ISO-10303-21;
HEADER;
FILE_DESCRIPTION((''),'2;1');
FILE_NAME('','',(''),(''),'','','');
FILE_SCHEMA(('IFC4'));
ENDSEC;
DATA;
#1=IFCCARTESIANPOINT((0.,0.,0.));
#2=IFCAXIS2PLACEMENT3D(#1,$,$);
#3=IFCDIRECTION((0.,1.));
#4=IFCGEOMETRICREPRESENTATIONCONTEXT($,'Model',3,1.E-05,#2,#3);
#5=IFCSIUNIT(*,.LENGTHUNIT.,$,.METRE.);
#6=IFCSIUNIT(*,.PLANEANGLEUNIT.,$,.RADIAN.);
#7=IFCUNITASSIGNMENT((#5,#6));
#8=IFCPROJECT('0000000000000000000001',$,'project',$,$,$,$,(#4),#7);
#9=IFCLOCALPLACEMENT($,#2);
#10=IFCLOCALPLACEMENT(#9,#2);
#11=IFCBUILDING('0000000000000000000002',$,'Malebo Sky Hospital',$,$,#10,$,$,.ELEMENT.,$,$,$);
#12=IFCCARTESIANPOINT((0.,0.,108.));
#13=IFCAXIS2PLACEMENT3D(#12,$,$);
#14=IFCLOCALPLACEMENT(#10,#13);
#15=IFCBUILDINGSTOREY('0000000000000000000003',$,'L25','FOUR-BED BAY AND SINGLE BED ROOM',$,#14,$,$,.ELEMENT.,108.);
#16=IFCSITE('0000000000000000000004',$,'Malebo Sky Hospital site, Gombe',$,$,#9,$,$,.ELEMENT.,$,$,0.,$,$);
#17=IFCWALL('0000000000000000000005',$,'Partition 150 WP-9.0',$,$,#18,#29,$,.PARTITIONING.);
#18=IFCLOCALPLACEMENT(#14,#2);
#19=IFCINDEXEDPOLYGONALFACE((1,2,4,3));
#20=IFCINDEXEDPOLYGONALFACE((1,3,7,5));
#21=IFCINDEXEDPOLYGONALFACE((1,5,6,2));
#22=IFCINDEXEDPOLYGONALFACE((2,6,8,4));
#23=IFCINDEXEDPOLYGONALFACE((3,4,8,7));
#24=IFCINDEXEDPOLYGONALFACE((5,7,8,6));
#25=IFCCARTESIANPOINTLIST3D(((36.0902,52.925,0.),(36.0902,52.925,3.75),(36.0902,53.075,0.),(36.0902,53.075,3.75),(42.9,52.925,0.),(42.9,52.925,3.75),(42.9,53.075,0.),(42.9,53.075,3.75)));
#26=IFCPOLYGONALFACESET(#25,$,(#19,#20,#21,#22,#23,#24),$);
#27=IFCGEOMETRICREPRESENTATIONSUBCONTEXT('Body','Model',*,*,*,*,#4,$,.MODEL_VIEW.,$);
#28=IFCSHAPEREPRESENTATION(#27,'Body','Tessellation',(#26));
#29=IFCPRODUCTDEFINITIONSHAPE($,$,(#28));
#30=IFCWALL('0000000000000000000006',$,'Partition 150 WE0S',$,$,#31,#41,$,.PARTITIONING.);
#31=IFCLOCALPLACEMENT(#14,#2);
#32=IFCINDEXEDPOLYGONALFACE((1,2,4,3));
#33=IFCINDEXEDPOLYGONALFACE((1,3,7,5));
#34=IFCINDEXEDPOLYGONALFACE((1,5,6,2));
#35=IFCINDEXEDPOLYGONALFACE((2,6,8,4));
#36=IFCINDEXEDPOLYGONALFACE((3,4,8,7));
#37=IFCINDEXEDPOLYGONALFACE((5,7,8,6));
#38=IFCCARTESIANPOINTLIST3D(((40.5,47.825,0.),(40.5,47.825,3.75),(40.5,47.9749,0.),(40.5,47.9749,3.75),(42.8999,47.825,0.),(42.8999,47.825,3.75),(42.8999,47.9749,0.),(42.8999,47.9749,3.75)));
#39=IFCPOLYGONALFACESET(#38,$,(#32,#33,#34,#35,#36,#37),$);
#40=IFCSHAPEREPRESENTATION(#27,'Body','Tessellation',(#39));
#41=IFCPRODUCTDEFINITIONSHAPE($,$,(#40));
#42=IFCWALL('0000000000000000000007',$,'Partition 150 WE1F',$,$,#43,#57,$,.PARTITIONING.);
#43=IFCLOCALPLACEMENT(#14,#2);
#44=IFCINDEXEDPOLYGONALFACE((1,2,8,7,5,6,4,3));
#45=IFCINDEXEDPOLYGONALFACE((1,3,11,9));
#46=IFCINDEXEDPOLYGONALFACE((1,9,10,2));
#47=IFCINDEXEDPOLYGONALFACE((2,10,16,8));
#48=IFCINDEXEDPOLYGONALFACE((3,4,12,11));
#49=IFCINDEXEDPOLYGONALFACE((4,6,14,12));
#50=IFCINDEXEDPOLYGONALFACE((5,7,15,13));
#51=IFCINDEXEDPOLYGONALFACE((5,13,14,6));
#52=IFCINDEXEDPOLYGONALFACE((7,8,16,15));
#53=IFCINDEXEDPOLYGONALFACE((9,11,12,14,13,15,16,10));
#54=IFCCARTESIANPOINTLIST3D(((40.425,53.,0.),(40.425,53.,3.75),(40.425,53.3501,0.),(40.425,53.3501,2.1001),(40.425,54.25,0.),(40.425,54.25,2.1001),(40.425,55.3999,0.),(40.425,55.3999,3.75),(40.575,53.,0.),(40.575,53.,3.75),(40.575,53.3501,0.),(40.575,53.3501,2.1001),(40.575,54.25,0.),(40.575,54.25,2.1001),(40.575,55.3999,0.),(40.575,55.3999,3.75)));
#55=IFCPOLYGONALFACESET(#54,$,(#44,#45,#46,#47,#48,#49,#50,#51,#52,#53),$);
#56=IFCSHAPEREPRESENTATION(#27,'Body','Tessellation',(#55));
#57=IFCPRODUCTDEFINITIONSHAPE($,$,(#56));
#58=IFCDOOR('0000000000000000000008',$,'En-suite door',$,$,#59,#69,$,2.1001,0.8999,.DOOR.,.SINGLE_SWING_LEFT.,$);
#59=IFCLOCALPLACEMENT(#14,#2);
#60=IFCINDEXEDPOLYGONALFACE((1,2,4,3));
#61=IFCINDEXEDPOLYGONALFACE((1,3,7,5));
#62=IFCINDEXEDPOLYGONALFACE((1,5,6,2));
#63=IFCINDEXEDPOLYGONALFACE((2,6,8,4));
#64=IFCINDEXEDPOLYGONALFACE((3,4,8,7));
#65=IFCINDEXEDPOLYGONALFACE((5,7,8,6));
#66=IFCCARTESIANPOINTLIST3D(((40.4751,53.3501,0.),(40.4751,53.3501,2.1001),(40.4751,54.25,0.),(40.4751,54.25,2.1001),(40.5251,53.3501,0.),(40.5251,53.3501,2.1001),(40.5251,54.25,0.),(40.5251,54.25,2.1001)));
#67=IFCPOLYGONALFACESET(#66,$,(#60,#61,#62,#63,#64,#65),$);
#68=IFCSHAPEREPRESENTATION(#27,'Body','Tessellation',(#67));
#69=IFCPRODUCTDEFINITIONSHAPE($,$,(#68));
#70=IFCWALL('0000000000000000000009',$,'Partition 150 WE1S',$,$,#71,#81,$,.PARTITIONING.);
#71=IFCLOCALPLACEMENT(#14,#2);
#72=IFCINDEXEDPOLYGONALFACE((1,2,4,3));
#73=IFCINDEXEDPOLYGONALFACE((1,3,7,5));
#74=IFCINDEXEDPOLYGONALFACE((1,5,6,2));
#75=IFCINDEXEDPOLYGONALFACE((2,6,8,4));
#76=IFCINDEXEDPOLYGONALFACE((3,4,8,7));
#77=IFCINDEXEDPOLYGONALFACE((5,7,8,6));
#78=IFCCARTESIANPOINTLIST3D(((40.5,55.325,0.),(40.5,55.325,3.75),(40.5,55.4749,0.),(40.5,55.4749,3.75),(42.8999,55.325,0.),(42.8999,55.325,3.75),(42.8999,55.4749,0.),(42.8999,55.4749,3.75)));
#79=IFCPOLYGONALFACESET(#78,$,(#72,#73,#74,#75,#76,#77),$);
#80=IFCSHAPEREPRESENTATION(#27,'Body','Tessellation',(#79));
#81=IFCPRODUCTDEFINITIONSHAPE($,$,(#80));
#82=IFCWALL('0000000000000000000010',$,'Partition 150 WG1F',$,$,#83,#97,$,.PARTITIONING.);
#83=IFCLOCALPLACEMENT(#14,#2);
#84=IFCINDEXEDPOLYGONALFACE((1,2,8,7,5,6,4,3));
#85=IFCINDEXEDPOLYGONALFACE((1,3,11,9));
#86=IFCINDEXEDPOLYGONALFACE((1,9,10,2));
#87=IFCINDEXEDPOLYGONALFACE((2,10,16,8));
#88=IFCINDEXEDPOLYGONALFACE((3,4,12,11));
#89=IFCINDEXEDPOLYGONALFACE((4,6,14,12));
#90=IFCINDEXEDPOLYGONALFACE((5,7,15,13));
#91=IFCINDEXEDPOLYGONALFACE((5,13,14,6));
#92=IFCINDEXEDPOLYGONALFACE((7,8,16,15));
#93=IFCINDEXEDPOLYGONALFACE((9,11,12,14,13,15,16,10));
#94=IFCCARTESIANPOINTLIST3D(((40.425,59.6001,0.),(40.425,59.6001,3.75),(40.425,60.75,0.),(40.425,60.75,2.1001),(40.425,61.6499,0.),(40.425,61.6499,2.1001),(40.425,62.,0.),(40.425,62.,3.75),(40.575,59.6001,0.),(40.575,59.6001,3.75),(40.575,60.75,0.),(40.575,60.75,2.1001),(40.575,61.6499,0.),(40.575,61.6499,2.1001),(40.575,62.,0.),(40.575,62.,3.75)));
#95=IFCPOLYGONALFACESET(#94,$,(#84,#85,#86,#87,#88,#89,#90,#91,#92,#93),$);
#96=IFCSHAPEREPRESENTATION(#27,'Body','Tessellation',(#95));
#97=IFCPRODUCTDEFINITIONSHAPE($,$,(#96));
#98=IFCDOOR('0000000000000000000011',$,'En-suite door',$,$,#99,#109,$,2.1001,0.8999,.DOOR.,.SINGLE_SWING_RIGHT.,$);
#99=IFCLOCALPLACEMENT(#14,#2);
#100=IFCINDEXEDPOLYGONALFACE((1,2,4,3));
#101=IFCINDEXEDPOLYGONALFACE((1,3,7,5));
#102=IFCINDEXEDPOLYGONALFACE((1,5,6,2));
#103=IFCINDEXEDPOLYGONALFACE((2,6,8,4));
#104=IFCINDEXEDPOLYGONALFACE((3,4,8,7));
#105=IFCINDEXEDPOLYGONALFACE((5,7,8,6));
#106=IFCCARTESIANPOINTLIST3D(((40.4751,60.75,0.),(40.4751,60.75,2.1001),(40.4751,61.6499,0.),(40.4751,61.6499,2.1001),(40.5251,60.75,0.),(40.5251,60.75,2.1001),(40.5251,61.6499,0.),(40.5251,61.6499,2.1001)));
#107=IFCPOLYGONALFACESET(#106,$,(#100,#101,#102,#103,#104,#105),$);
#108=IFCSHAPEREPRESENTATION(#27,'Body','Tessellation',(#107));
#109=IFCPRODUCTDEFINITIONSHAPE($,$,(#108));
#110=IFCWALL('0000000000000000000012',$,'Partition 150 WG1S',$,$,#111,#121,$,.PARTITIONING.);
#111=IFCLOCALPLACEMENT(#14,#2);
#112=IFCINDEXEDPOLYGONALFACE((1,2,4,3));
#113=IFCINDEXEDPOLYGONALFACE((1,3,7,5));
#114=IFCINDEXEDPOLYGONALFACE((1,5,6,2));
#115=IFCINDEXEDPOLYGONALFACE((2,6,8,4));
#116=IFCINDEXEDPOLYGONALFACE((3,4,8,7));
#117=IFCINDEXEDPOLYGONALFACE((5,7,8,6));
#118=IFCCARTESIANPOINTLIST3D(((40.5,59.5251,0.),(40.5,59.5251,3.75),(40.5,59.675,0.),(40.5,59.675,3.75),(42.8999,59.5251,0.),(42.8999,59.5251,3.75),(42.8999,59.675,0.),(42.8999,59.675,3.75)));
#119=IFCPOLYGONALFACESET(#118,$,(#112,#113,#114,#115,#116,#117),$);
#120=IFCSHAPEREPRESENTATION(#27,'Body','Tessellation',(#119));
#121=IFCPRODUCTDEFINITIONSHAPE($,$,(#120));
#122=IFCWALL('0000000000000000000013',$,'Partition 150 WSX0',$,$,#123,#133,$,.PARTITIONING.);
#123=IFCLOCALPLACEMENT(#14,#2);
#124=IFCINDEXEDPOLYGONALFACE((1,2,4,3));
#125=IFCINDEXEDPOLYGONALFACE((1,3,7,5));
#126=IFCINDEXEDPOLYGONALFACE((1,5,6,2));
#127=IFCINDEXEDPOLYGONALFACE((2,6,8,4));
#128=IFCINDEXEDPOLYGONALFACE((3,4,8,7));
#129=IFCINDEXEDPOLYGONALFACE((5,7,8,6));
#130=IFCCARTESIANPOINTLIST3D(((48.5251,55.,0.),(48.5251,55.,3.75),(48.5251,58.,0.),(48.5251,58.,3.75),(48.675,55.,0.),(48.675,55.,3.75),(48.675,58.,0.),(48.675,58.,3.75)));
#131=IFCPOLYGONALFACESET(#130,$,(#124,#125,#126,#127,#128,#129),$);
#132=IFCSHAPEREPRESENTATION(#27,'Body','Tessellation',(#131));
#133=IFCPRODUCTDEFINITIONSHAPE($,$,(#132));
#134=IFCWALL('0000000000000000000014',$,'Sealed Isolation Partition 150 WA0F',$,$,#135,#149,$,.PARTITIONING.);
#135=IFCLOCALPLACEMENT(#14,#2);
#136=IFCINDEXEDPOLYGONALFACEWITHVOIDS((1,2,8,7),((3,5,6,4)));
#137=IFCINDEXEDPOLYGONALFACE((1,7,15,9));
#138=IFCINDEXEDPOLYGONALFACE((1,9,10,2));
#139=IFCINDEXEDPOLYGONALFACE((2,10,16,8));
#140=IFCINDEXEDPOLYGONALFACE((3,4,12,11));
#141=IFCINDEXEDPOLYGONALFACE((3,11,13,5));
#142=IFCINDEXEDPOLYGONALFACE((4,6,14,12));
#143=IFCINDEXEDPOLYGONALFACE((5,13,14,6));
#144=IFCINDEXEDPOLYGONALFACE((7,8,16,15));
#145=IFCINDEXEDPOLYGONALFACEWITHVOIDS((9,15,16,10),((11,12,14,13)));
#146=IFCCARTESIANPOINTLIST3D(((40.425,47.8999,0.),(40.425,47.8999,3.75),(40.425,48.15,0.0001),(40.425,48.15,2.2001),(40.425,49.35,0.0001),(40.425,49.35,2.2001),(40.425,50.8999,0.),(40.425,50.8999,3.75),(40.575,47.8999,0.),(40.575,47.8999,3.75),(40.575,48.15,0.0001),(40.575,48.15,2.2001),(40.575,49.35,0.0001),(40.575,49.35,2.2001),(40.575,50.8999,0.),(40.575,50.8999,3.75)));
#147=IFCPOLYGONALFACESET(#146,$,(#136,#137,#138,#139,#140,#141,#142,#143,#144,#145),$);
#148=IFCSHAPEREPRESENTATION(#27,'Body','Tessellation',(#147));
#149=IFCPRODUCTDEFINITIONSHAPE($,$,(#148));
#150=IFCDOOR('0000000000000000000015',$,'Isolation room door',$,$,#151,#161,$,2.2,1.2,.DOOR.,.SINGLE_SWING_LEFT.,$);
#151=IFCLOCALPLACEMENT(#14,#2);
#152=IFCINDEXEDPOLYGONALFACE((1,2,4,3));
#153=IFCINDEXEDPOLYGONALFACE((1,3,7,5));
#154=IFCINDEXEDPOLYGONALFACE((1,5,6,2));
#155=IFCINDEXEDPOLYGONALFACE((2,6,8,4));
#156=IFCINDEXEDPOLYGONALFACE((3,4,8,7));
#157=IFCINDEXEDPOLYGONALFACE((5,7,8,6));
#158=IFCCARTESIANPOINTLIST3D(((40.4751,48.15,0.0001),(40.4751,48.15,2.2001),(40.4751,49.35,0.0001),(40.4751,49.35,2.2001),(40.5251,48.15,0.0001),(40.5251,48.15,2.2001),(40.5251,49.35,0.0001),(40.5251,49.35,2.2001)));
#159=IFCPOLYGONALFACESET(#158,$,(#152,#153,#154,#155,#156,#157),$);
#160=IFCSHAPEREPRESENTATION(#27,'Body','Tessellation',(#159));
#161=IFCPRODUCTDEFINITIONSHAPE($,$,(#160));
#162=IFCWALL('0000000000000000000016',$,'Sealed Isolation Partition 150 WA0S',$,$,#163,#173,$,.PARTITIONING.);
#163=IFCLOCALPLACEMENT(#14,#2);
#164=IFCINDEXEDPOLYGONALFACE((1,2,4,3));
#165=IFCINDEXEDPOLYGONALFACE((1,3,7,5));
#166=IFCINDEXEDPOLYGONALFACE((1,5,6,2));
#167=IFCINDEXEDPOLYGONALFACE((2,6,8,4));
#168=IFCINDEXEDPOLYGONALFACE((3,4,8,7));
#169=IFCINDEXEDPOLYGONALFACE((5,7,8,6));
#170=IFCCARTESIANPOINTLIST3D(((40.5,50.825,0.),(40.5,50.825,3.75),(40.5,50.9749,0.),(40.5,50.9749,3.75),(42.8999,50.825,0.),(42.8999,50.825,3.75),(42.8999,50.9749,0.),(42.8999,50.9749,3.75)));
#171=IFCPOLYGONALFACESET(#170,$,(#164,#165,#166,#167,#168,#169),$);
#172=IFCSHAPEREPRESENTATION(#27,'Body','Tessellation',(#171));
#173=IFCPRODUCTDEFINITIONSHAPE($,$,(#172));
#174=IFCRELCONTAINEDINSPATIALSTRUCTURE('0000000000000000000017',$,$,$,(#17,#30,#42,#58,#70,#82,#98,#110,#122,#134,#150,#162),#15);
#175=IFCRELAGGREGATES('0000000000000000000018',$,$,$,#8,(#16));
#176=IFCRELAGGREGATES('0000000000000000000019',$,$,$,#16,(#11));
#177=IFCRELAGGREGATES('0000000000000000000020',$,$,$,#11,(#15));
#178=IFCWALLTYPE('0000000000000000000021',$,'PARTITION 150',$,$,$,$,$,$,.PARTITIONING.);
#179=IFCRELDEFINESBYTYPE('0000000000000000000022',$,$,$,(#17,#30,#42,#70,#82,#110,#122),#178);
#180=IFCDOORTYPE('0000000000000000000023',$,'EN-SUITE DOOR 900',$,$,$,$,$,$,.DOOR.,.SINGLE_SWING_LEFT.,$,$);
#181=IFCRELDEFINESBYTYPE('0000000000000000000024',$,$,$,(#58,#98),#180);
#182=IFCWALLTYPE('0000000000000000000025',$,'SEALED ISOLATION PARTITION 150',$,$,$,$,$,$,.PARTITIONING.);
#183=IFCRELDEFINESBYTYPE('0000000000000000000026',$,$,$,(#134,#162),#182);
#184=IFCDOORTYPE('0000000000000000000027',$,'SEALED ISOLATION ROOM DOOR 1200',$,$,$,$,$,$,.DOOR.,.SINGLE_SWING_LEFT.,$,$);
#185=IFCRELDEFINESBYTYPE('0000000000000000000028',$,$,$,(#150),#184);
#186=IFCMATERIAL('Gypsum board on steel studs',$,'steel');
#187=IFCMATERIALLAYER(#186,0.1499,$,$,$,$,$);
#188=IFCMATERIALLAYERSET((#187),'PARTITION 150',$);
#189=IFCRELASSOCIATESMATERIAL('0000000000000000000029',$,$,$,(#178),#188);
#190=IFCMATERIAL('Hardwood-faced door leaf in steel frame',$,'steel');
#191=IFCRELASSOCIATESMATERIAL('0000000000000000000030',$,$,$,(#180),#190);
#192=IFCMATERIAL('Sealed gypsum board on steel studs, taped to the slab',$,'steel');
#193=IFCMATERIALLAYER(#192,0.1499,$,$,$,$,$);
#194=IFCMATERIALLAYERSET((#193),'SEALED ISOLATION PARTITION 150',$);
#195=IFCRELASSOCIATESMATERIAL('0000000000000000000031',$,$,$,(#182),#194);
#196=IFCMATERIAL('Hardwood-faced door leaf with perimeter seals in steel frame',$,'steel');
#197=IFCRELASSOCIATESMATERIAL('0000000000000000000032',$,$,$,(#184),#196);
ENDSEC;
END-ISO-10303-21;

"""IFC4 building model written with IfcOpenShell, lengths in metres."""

from ifc_helpers import new_model, si_unit, direction, frame, frame_2d, origin, place, context, subcontext, project, spatial, rectangle, extrude, material, layer, layer_set, type_object, element, fill, save


model = new_model("IFC4")

# Units and contexts
model_context = context("Model", 3, precision=1e-05, world=origin(), true_north=direction((0.0, 1.0)))
body_context = subcontext(model_context, "Body", "Model", "MODEL_VIEW")
ifc_project = project(units=[si_unit("LENGTHUNIT", "METRE"), si_unit("PLANEANGLEUNIT", "RADIAN")], contexts=[model_context])

# Site, building, storey
site_placement = place(None, origin())
site = spatial("IfcSite", under=ifc_project, at=site_placement, Name="Malebo Sky Hospital site, Gombe", CompositionType="ELEMENT", RefElevation=0.0)
building_placement = place(site_placement, origin())
building = spatial("IfcBuilding", under=site, at=building_placement, Name="Malebo Sky Hospital", CompositionType="ELEMENT")
storey_placement = place(building_placement, frame((0.0, 0.0, 108.0)))
storey = spatial("IfcBuildingStorey", under=building, at=storey_placement, Name="L25", Description="FOUR-BED BAY AND SINGLE BED ROOM", CompositionType="ELEMENT", Elevation=108.0)

# Shared definitions
ifc_material_1 = material(Name="Gypsum board on steel studs", Category="steel")
ifc_material_2 = material(Name="Hardwood-faced door leaf in steel frame", Category="steel")

# Walls
ifc_layer_1 = layer(ifc_material_1, 0.1499)
ifc_layer_set_1 = layer_set([ifc_layer_1], Name="PARTITION 150")
wall_type_1 = type_object("IfcWallType", Name="PARTITION 150", PredefinedType="PARTITIONING", material=ifc_layer_set_1)
wall_1_placement = place(storey_placement, frame((42.8999, 53.0, 0.0), z_axis=(0.0, 0.0, 1.0), x_axis=(-1.0, 0.0, 0.0)))
element("IfcWall", 1, at=wall_1_placement, inside=storey, type_object=wall_type_1, Name="Partition 150 WP-9.0", PredefinedType="PARTITIONING", context=body_context, shape_type="SweptSolid", body=[
    extrude(rectangle(XDim=6.8098, YDim=0.1499, at=frame_2d((3.4048, 0.0))), origin(), (0.0, 0.0, 1.0), 3.75),
])
wall_2_placement = place(storey_placement, frame((42.8999, 47.8999, 0.0), z_axis=(0.0, 0.0, 1.0), x_axis=(-1.0, 0.0, 0.0)))
element("IfcWall", 2, at=wall_2_placement, inside=storey, type_object=wall_type_1, Name="Partition 150 WE0S", PredefinedType="PARTITIONING", context=body_context, shape_type="SweptSolid", body=[
    extrude(rectangle(XDim=2.3999, YDim=0.1499, at=frame_2d((1.2, 0.0))), origin(), (0.0, 0.0, 1.0), 3.75),
])

# Wall, opening, door
wall_3_placement = place(storey_placement, frame((40.5, 53.0, 0.0), z_axis=(0.0, 0.0, 1.0), x_axis=(0.0, 1.0, 0.0)))
wall_3 = element("IfcWall", 3, at=wall_3_placement, inside=storey, type_object=wall_type_1, Name="Partition 150 WE1F", PredefinedType="PARTITIONING", context=body_context, shape_type="SweptSolid", body=[
    extrude(rectangle(XDim=2.3999, YDim=0.1499, at=frame_2d((1.2, 0.0))), origin(), (0.0, 0.0, 1.0), 3.75),
])
opening_1_placement = place(wall_3_placement, frame((0.3501, 0.0, 0.0)))
opening_1 = element("IfcOpeningElement", 4, at=opening_1_placement, cuts=wall_3, PredefinedType="OPENING", context=body_context, shape_type="SweptSolid", body=[
    extrude(rectangle(XDim=0.8999, YDim=2.1001, at=frame_2d((0.45, 1.05))), frame((0.0, 0.085, 0.0), z_axis=(0.0, -1.0, 0.0), x_axis=(1.0, 0.0, 0.0)), (0.0, 0.0, 1.0), 0.1699),
])
door_type_1 = type_object("IfcDoorType", Name="EN-SUITE DOOR 900", OperationType="SINGLE_SWING_LEFT", PredefinedType="DOOR", material=ifc_material_2)
door_1_placement = place(opening_1_placement, origin())
door_1 = element("IfcDoor", 5, at=door_1_placement, inside=storey, type_object=door_type_1, Name="En-suite door", OperationType="SINGLE_SWING_LEFT", OverallHeight=2.1001, OverallWidth=0.8999, PredefinedType="DOOR", context=body_context, shape_type="SweptSolid", body=[
    extrude(rectangle(XDim=0.8999, YDim=2.1001, at=frame_2d((0.45, 1.05))), frame((0.0, 0.0249, 0.0), z_axis=(0.0, -1.0, 0.0), x_axis=(1.0, 0.0, 0.0)), (0.0, 0.0, 1.0), 0.05),
])
fill(opening_1, door_1)

# Wall
wall_4_placement = place(storey_placement, frame((42.8999, 55.3999, 0.0), z_axis=(0.0, 0.0, 1.0), x_axis=(-1.0, 0.0, 0.0)))
element("IfcWall", 6, at=wall_4_placement, inside=storey, type_object=wall_type_1, Name="Partition 150 WE1S", PredefinedType="PARTITIONING", context=body_context, shape_type="SweptSolid", body=[
    extrude(rectangle(XDim=2.3999, YDim=0.1499, at=frame_2d((1.2, 0.0))), origin(), (0.0, 0.0, 1.0), 3.75),
])

# Wall, opening, door
wall_5_placement = place(storey_placement, frame((40.5, 59.6001, 0.0), z_axis=(0.0, 0.0, 1.0), x_axis=(0.0, 1.0, 0.0)))
wall_5 = element("IfcWall", 7, at=wall_5_placement, inside=storey, type_object=wall_type_1, Name="Partition 150 WG1F", PredefinedType="PARTITIONING", context=body_context, shape_type="SweptSolid", body=[
    extrude(rectangle(XDim=2.3999, YDim=0.1499, at=frame_2d((1.2, 0.0))), origin(), (0.0, 0.0, 1.0), 3.75),
])
opening_2_placement = place(wall_5_placement, frame((1.1499, 0.0, 0.0)))
opening_2 = element("IfcOpeningElement", 8, at=opening_2_placement, cuts=wall_5, PredefinedType="OPENING", context=body_context, shape_type="SweptSolid", body=[
    extrude(rectangle(XDim=0.8999, YDim=2.1001, at=frame_2d((0.45, 1.05))), frame((0.0, 0.085, 0.0), z_axis=(0.0, -1.0, 0.0), x_axis=(1.0, 0.0, 0.0)), (0.0, 0.0, 1.0), 0.1699),
])
door_2_placement = place(opening_2_placement, origin())
door_2 = element("IfcDoor", 9, at=door_2_placement, inside=storey, type_object=door_type_1, Name="En-suite door", OperationType="SINGLE_SWING_RIGHT", OverallHeight=2.1001, OverallWidth=0.8999, PredefinedType="DOOR", context=body_context, shape_type="SweptSolid", body=[
    extrude(rectangle(XDim=0.8999, YDim=2.1001, at=frame_2d((0.45, 1.05))), frame((0.0, 0.0249, 0.0), z_axis=(0.0, -1.0, 0.0), x_axis=(1.0, 0.0, 0.0)), (0.0, 0.0, 1.0), 0.05),
])
fill(opening_2, door_2)

# Walls
wall_6_placement = place(storey_placement, frame((42.8999, 59.6001, 0.0), z_axis=(0.0, 0.0, 1.0), x_axis=(-1.0, 0.0, 0.0)))
element("IfcWall", 10, at=wall_6_placement, inside=storey, type_object=wall_type_1, Name="Partition 150 WG1S", PredefinedType="PARTITIONING", context=body_context, shape_type="SweptSolid", body=[
    extrude(rectangle(XDim=2.3999, YDim=0.1499, at=frame_2d((1.2, 0.0))), origin(), (0.0, 0.0, 1.0), 3.75),
])
wall_7_placement = place(storey_placement, frame((48.6001, 55.0, 0.0), z_axis=(0.0, 0.0, 1.0), x_axis=(0.0, 1.0, 0.0)))
element("IfcWall", 11, at=wall_7_placement, inside=storey, type_object=wall_type_1, Name="Partition 150 WSX0", PredefinedType="PARTITIONING", context=body_context, shape_type="SweptSolid", body=[
    extrude(rectangle(XDim=3.0, YDim=0.1499, at=frame_2d((1.5, 0.0))), origin(), (0.0, 0.0, 1.0), 3.75),
])

# Wall, opening, door
ifc_material_3 = material(Name="Sealed gypsum board on steel studs, taped to the slab", Category="steel")
ifc_layer_2 = layer(ifc_material_3, 0.1499)
ifc_layer_set_2 = layer_set([ifc_layer_2], Name="SEALED ISOLATION PARTITION 150")
wall_type_2 = type_object("IfcWallType", Name="SEALED ISOLATION PARTITION 150", PredefinedType="PARTITIONING", material=ifc_layer_set_2)
wall_8_placement = place(storey_placement, frame((40.5, 47.8999, 0.0), z_axis=(0.0, 0.0, 1.0), x_axis=(0.0, 1.0, 0.0)))
wall_8 = element("IfcWall", 12, at=wall_8_placement, inside=storey, type_object=wall_type_2, Name="Sealed Isolation Partition 150 WA0F", PredefinedType="PARTITIONING", context=body_context, shape_type="SweptSolid", body=[
    extrude(rectangle(XDim=3.0, YDim=0.1499, at=frame_2d((1.5, 0.0))), origin(), (0.0, 0.0, 1.0), 3.75),
])
opening_3_placement = place(wall_8_placement, frame((0.25, 0.0, 0.0)))
opening_3 = element("IfcOpeningElement", 13, at=opening_3_placement, cuts=wall_8, PredefinedType="OPENING", context=body_context, shape_type="SweptSolid", body=[
    extrude(rectangle(XDim=1.2, YDim=2.2, at=frame_2d((0.6001, 1.1001))), frame((0.0, 0.085, 0.0), z_axis=(0.0, -1.0, 0.0), x_axis=(1.0, 0.0, 0.0)), (0.0, 0.0, 1.0), 0.1699),
])
ifc_material_4 = material(Name="Hardwood-faced door leaf with perimeter seals in steel frame", Category="steel")
door_type_2 = type_object("IfcDoorType", Name="SEALED ISOLATION ROOM DOOR 1200", OperationType="SINGLE_SWING_LEFT", PredefinedType="DOOR", material=ifc_material_4)
door_3_placement = place(opening_3_placement, origin())
door_3 = element("IfcDoor", 14, at=door_3_placement, inside=storey, type_object=door_type_2, Name="Isolation room door", OperationType="SINGLE_SWING_LEFT", OverallHeight=2.2, OverallWidth=1.2, PredefinedType="DOOR", context=body_context, shape_type="SweptSolid", body=[
    extrude(rectangle(XDim=1.2, YDim=2.2, at=frame_2d((0.6001, 1.1001))), frame((0.0, 0.0249, 0.0), z_axis=(0.0, -1.0, 0.0), x_axis=(1.0, 0.0, 0.0)), (0.0, 0.0, 1.0), 0.05),
])
fill(opening_3, door_3)

# Wall
wall_9_placement = place(storey_placement, frame((42.8999, 50.8999, 0.0), z_axis=(0.0, 0.0, 1.0), x_axis=(-1.0, 0.0, 0.0)))
element("IfcWall", 15, at=wall_9_placement, inside=storey, type_object=wall_type_2, Name="Sealed Isolation Partition 150 WA0S", PredefinedType="PARTITIONING", context=body_context, shape_type="SweptSolid", body=[
    extrude(rectangle(XDim=2.3999, YDim=0.1499, at=frame_2d((1.2, 0.0))), origin(), (0.0, 0.0, 1.0), 3.75),
])

save(model, "model.ifc")
